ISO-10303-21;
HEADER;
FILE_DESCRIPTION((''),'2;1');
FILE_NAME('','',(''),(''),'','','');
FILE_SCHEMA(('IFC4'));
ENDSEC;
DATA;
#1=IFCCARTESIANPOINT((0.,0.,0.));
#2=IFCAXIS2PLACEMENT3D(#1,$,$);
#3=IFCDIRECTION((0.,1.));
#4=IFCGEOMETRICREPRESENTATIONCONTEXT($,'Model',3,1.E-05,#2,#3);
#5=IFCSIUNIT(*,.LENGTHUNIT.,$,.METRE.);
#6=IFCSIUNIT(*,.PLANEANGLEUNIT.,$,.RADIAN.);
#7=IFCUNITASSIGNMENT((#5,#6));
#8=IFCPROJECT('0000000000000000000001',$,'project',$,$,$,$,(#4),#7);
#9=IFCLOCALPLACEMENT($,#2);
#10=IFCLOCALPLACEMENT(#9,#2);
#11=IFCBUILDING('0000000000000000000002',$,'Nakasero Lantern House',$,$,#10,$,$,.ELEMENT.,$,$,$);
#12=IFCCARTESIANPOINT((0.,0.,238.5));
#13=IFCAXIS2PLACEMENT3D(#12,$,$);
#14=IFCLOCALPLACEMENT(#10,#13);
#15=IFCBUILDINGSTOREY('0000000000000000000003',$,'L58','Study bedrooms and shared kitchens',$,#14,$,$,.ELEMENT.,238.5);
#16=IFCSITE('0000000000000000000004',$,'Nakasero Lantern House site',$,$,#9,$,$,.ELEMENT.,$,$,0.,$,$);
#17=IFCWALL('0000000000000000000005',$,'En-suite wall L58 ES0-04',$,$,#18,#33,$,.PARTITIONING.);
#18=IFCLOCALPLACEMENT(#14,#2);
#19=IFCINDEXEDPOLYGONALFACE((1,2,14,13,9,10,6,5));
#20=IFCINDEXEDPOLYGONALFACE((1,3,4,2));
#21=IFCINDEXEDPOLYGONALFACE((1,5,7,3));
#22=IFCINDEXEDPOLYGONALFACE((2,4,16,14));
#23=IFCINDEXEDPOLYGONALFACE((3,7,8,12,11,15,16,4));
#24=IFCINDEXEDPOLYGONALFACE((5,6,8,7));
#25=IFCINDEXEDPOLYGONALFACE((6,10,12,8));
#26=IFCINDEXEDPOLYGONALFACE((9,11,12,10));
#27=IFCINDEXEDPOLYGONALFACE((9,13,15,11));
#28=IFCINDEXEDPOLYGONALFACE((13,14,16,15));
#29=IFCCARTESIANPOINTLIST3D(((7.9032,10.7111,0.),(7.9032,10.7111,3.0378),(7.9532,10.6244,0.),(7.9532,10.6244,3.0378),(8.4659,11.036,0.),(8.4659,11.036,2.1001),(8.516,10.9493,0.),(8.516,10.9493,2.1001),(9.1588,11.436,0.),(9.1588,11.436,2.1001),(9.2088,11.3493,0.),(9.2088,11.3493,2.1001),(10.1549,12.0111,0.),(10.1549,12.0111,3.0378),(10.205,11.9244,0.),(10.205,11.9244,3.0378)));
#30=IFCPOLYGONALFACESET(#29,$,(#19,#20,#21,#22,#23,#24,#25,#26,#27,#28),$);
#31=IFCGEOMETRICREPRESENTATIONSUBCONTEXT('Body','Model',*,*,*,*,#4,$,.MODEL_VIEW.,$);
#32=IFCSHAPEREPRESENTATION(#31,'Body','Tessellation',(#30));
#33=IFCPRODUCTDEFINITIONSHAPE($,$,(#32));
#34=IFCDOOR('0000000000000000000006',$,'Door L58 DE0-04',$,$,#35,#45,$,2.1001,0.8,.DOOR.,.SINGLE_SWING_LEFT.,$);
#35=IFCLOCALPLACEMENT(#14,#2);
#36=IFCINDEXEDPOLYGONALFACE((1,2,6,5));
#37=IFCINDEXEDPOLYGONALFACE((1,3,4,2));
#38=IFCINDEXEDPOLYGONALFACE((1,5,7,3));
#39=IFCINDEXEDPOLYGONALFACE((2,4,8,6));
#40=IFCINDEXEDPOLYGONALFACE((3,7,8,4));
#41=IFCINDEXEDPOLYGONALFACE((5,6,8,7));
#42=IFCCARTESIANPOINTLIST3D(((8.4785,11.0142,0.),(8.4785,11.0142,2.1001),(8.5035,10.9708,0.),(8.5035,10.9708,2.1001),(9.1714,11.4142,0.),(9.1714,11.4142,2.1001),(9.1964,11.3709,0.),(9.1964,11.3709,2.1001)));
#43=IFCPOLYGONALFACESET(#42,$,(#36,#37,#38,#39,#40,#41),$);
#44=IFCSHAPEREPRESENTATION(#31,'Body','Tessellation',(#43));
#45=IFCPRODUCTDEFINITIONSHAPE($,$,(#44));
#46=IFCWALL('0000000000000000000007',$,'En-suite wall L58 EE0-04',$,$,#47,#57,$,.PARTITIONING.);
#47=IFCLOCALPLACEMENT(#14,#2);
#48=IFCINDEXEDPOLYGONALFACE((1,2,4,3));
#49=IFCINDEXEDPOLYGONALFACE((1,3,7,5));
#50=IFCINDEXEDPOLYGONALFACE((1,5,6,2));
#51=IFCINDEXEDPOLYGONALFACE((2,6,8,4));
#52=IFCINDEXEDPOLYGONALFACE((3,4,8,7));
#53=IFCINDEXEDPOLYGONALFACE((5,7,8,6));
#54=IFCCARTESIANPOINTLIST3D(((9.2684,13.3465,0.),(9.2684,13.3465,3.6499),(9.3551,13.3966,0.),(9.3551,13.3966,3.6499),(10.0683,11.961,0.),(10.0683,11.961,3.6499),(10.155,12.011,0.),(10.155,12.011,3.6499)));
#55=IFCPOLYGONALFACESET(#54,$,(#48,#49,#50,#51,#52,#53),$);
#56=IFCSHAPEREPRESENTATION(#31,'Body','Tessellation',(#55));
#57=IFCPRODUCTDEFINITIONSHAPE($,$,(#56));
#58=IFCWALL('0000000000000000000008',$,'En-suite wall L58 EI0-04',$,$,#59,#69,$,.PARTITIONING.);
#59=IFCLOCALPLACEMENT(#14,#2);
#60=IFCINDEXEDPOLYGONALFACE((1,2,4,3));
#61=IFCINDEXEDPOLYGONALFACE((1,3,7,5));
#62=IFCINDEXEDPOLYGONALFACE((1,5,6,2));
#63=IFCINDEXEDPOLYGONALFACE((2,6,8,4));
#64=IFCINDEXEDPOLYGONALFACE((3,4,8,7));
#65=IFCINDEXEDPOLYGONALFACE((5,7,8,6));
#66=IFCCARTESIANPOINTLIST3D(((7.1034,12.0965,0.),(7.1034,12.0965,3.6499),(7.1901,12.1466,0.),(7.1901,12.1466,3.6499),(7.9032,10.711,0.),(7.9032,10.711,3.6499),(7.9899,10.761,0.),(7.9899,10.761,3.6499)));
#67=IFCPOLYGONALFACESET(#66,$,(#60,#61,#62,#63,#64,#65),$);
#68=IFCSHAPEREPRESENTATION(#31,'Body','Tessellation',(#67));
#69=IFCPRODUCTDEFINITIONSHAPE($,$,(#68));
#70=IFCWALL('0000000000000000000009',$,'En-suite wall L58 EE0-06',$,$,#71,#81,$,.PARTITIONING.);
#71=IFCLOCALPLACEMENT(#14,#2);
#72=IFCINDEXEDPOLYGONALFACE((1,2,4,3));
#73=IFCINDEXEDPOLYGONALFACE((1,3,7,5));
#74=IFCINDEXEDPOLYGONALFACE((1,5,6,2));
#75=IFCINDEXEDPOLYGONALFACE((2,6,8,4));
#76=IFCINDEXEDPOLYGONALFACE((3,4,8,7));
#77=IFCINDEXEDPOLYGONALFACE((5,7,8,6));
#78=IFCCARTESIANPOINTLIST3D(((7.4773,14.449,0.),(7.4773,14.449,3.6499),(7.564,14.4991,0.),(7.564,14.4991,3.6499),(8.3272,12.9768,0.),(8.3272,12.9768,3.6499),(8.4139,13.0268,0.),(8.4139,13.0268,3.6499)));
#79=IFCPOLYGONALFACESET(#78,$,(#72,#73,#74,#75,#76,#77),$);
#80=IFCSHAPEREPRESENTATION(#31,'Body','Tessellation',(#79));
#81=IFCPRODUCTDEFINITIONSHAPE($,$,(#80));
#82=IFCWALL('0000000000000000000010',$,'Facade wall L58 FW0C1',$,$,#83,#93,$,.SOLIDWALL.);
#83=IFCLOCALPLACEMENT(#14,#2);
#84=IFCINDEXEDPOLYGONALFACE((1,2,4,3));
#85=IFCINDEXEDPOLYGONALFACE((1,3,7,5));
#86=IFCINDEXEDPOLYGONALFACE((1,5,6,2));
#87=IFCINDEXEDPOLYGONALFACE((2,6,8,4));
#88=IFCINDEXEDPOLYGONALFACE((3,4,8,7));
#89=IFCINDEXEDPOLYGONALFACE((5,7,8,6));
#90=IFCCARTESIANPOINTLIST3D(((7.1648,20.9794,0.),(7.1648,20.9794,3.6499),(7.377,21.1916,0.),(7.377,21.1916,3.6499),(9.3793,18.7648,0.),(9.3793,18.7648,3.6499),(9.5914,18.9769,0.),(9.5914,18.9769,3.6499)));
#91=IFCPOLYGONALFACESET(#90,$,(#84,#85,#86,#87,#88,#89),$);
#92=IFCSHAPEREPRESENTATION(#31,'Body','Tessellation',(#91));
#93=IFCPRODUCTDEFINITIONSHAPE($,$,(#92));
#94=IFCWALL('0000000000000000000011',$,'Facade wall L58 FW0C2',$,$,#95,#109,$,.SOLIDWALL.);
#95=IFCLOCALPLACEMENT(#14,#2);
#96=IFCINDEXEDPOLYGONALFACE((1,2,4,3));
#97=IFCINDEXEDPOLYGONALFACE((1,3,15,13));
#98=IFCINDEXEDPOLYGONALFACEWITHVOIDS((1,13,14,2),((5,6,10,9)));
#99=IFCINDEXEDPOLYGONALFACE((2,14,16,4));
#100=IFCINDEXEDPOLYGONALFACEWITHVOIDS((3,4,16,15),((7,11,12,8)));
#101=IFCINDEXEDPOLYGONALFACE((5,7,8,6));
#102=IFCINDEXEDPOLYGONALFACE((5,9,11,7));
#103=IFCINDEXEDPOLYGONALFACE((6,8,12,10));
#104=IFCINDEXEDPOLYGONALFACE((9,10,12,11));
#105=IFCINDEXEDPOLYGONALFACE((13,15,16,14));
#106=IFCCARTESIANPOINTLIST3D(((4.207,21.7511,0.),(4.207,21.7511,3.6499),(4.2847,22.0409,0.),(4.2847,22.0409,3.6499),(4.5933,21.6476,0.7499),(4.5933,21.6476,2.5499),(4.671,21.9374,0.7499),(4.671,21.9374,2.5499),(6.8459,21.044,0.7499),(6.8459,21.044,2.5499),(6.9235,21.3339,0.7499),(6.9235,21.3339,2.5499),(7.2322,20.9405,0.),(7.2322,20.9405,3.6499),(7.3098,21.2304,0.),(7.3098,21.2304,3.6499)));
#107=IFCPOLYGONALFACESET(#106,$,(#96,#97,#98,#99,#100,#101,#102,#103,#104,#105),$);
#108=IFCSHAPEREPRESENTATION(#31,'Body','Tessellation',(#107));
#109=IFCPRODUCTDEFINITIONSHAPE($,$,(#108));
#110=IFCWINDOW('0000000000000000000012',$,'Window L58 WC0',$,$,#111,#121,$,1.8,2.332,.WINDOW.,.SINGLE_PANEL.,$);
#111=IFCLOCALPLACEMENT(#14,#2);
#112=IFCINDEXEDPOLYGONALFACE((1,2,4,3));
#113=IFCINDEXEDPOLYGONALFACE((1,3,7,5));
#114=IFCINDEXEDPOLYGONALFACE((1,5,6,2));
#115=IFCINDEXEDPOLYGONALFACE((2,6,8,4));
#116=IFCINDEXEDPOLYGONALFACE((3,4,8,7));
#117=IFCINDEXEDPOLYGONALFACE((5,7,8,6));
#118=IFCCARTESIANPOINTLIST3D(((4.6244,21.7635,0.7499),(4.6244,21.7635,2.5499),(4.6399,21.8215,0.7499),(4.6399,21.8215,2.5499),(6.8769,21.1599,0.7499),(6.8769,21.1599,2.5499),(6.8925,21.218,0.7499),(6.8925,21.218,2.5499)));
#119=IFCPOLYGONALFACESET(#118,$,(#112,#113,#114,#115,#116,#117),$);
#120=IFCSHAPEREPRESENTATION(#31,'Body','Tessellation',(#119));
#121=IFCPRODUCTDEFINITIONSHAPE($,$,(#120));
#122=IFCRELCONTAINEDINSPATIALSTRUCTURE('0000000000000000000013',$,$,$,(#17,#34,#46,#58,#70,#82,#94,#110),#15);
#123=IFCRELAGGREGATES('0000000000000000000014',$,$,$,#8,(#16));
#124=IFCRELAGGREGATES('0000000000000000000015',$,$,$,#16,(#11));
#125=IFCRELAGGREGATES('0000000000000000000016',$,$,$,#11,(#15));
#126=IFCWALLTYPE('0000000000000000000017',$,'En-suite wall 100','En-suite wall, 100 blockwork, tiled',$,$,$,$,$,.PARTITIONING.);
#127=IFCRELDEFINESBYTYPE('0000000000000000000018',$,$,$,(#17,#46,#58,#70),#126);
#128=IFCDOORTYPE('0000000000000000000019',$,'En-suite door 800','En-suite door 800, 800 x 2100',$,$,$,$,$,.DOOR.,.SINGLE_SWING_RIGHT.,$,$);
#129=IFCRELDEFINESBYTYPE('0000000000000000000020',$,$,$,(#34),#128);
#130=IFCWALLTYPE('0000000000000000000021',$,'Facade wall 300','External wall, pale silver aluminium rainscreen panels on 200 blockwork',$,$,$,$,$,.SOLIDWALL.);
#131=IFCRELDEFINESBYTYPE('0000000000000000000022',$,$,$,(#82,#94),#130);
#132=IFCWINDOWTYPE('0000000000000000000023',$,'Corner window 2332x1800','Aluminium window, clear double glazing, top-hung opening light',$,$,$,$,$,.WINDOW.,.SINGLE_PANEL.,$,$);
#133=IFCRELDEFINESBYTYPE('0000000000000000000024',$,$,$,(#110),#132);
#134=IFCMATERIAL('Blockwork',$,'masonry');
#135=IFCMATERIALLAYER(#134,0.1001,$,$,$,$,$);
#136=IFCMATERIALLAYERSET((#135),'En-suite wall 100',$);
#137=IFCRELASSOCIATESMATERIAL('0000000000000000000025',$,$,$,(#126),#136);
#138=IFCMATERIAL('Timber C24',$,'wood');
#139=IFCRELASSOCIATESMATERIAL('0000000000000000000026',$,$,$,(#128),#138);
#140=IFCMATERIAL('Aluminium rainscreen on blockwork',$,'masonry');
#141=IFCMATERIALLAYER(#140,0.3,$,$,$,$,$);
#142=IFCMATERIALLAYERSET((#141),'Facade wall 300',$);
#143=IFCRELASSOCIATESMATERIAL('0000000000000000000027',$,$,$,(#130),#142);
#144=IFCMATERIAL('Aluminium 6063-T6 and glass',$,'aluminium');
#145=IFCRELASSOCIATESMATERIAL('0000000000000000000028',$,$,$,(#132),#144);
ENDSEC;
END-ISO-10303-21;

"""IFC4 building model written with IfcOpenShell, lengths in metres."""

from ifc_helpers import new_model, si_unit, direction, frame, frame_2d, origin, place, context, subcontext, project, spatial, rectangle, extrude, material, layer, layer_set, type_object, element, fill, save


model = new_model("IFC4")

# Units and contexts
model_context = context("Model", 3, precision=1e-05, world=origin(), true_north=direction((0.0, 1.0)))
body_context = subcontext(model_context, "Body", "Model", "MODEL_VIEW")
ifc_project = project(units=[si_unit("LENGTHUNIT", "METRE"), si_unit("PLANEANGLEUNIT", "RADIAN")], contexts=[model_context])

# Site, building, storey
site_placement = place(None, origin())
site = spatial("IfcSite", under=ifc_project, at=site_placement, Name="Nakasero Lantern House site", CompositionType="ELEMENT", RefElevation=0.0)
building_placement = place(site_placement, origin())
building = spatial("IfcBuilding", under=site, at=building_placement, Name="Nakasero Lantern House", CompositionType="ELEMENT")
storey_placement = place(building_placement, frame((0.0, 0.0, 238.5)))
storey = spatial("IfcBuildingStorey", under=building, at=storey_placement, Name="L58", Description="Study bedrooms and shared kitchens", CompositionType="ELEMENT", Elevation=238.5)

# Wall, opening, door
ifc_material_1 = material(Name="Blockwork", Category="masonry")
ifc_layer_1 = layer(ifc_material_1, 0.1001)
ifc_layer_set_1 = layer_set([ifc_layer_1], Name="En-suite wall 100")
wall_type_1 = type_object("IfcWallType", Name="En-suite wall 100", Description="En-suite wall, 100 blockwork, tiled", PredefinedType="PARTITIONING", material=ifc_layer_set_1)
wall_1_placement = place(storey_placement, frame((7.9282, 10.6677, 0.0), z_axis=(0.0, 0.0, 1.0), x_axis=(0.866021, 0.500007, 0.0)))
wall_1 = element("IfcWall", 1, at=wall_1_placement, inside=storey, type_object=wall_type_1, Name="En-suite wall L58 ES0-04", PredefinedType="PARTITIONING", context=body_context, shape_type="SweptSolid", body=[
    extrude(rectangle(XDim=2.6001, YDim=0.1001, at=frame_2d((1.3, 0.0))), origin(), (0.0, 0.0, 1.0), 3.0378),
])
opening_1_placement = place(wall_1_placement, frame((0.6499, 0.0, 0.0)))
opening_1 = element("IfcOpeningElement", 2, at=opening_1_placement, cuts=wall_1, PredefinedType="OPENING", context=body_context, shape_type="SweptSolid", body=[
    extrude(rectangle(XDim=0.8, YDim=2.1001, at=frame_2d((0.3999, 1.05))), frame((0.0, 0.0701, 0.0), z_axis=(0.0, -1.0, 0.0), x_axis=(1.0, 0.0, 0.0)), (0.0, 0.0, 1.0), 0.1401),
])
ifc_material_2 = material(Name="Timber C24", Category="wood")
door_type_1 = type_object("IfcDoorType", Name="En-suite door 800", Description="En-suite door 800, 800 x 2100", OperationType="SINGLE_SWING_RIGHT", PredefinedType="DOOR", material=ifc_material_2)
door_1_placement = place(opening_1_placement, origin())
door_1 = element("IfcDoor", 3, at=door_1_placement, inside=storey, type_object=door_type_1, Name="Door L58 DE0-04", OperationType="SINGLE_SWING_LEFT", OverallHeight=2.1001, OverallWidth=0.8, PredefinedType="DOOR", context=body_context, shape_type="SweptSolid", body=[
    extrude(rectangle(XDim=0.8, YDim=2.1001, at=frame_2d((0.3999, 1.05))), frame((0.0, 0.0249, 0.0), z_axis=(0.0, -1.0, 0.0), x_axis=(1.0, 0.0, 0.0)), (0.0, 0.0, 1.0), 0.05),
])
fill(opening_1, door_1)

# Walls
for number, where, z_axis, x_axis, name in (
    (4, (10.1116, 11.9861, 0.0), (0.0, 0.0, 1.0), (-0.499947, 0.866056, 0.0), "En-suite wall L58 EE0-04"),
    (5, (7.9465, 10.7361, 0.0), (0.0, 0.0, 1.0), (-0.499947, 0.866056, 0.0), "En-suite wall L58 EI0-04"),
):
    element("IfcWall", number, at=place(storey_placement, frame(where, z_axis=z_axis, x_axis=x_axis)), inside=storey, type_object=wall_type_1, Name=name, PredefinedType="PARTITIONING", context=body_context, shape_type="SweptSolid", body=[
        extrude(rectangle(XDim=1.5999, YDim=0.1001, at=frame_2d((0.7998, 0.0))), origin(), (0.0, 0.0, 1.0), 3.6499),
    ])
wall_2_placement = place(storey_placement, frame((8.3706, 13.0017, 0.0), z_axis=(0.0, 0.0, 1.0), x_axis=(-0.499955, 0.866052, 0.0)))
element("IfcWall", 6, at=wall_2_placement, inside=storey, type_object=wall_type_1, Name="En-suite wall L58 EE0-06", PredefinedType="PARTITIONING", context=body_context, shape_type="SweptSolid", body=[
    extrude(rectangle(XDim=1.7, YDim=0.1001, at=frame_2d((0.8501, 0.0))), origin(), (0.0, 0.0, 1.0), 3.6499),
])
ifc_material_3 = material(Name="Aluminium rainscreen on blockwork", Category="masonry")
ifc_layer_2 = layer(ifc_material_3, 0.3)
ifc_layer_set_2 = layer_set([ifc_layer_2], Name="Facade wall 300")
wall_type_2 = type_object("IfcWallType", Name="Facade wall 300", Description="External wall, pale silver aluminium rainscreen panels on 200 blockwork", PredefinedType="SOLIDWALL", material=ifc_layer_set_2)
wall_3_placement = place(storey_placement, frame((9.4854, 18.8708, 0.0), z_axis=(0.0, 0.0, 1.0), x_axis=(-0.707068, 0.707146, 0.0)))
element("IfcWall", 7, at=wall_3_placement, inside=storey, type_object=wall_type_2, Name="Facade wall L58 FW0C1", PredefinedType="SOLIDWALL", context=body_context, shape_type="SweptSolid", body=[
    extrude(rectangle(XDim=3.1318, YDim=0.3, at=frame_2d((1.5659, 0.0))), origin(), (0.0, 0.0, 1.0), 3.6499),
])

# Wall, opening, window
wall_4_placement = place(storey_placement, frame((7.271, 21.0854, 0.0), z_axis=(0.0, 0.0, 1.0), x_axis=(-0.965929, 0.258808, 0.0)))
wall_4 = element("IfcWall", 8, at=wall_4_placement, inside=storey, type_object=wall_type_2, Name="Facade wall L58 FW0C2", PredefinedType="SOLIDWALL", context=body_context, shape_type="SweptSolid", body=[
    extrude(rectangle(XDim=3.1318, YDim=0.3, at=frame_2d((1.5659, 0.0))), origin(), (0.0, 0.0, 1.0), 3.6499),
])
opening_2_placement = place(wall_4_placement, frame((0.3999, 0.0, 0.75)))
opening_2 = element("IfcOpeningElement", 9, at=opening_2_placement, cuts=wall_4, PredefinedType="OPENING", context=body_context, shape_type="SweptSolid", body=[
    extrude(rectangle(XDim=2.332, YDim=1.8, at=frame_2d((1.166, 0.8999))), frame((0.0, 0.1699, 0.0), z_axis=(0.0, -1.0, 0.0), x_axis=(1.0, 0.0, 0.0)), (0.0, 0.0, 1.0), 0.3401),
])
ifc_material_4 = material(Name="Aluminium 6063-T6 and glass", Category="aluminium")
window_type = type_object("IfcWindowType", Name="Corner window 2332x1800", Description="Aluminium window, clear double glazing, top-hung opening light", PartitioningType="SINGLE_PANEL", PredefinedType="WINDOW", material=ifc_material_4)
window_placement = place(opening_2_placement, origin())
window = element("IfcWindow", 10, at=window_placement, inside=storey, type_object=window_type, Name="Window L58 WC0", OverallHeight=1.8, OverallWidth=2.332, PartitioningType="SINGLE_PANEL", PredefinedType="WINDOW", context=body_context, shape_type="SweptSolid", body=[
    extrude(rectangle(XDim=2.332, YDim=1.8, at=frame_2d((1.166, 0.8999))), frame((0.0, 0.03, 0.0), z_axis=(0.0, -1.0, 0.0), x_axis=(1.0, 0.0, 0.0)), (0.0, 0.0, 1.0), 0.0601),
])
fill(opening_2, window)

save(model, "model.ifc")
